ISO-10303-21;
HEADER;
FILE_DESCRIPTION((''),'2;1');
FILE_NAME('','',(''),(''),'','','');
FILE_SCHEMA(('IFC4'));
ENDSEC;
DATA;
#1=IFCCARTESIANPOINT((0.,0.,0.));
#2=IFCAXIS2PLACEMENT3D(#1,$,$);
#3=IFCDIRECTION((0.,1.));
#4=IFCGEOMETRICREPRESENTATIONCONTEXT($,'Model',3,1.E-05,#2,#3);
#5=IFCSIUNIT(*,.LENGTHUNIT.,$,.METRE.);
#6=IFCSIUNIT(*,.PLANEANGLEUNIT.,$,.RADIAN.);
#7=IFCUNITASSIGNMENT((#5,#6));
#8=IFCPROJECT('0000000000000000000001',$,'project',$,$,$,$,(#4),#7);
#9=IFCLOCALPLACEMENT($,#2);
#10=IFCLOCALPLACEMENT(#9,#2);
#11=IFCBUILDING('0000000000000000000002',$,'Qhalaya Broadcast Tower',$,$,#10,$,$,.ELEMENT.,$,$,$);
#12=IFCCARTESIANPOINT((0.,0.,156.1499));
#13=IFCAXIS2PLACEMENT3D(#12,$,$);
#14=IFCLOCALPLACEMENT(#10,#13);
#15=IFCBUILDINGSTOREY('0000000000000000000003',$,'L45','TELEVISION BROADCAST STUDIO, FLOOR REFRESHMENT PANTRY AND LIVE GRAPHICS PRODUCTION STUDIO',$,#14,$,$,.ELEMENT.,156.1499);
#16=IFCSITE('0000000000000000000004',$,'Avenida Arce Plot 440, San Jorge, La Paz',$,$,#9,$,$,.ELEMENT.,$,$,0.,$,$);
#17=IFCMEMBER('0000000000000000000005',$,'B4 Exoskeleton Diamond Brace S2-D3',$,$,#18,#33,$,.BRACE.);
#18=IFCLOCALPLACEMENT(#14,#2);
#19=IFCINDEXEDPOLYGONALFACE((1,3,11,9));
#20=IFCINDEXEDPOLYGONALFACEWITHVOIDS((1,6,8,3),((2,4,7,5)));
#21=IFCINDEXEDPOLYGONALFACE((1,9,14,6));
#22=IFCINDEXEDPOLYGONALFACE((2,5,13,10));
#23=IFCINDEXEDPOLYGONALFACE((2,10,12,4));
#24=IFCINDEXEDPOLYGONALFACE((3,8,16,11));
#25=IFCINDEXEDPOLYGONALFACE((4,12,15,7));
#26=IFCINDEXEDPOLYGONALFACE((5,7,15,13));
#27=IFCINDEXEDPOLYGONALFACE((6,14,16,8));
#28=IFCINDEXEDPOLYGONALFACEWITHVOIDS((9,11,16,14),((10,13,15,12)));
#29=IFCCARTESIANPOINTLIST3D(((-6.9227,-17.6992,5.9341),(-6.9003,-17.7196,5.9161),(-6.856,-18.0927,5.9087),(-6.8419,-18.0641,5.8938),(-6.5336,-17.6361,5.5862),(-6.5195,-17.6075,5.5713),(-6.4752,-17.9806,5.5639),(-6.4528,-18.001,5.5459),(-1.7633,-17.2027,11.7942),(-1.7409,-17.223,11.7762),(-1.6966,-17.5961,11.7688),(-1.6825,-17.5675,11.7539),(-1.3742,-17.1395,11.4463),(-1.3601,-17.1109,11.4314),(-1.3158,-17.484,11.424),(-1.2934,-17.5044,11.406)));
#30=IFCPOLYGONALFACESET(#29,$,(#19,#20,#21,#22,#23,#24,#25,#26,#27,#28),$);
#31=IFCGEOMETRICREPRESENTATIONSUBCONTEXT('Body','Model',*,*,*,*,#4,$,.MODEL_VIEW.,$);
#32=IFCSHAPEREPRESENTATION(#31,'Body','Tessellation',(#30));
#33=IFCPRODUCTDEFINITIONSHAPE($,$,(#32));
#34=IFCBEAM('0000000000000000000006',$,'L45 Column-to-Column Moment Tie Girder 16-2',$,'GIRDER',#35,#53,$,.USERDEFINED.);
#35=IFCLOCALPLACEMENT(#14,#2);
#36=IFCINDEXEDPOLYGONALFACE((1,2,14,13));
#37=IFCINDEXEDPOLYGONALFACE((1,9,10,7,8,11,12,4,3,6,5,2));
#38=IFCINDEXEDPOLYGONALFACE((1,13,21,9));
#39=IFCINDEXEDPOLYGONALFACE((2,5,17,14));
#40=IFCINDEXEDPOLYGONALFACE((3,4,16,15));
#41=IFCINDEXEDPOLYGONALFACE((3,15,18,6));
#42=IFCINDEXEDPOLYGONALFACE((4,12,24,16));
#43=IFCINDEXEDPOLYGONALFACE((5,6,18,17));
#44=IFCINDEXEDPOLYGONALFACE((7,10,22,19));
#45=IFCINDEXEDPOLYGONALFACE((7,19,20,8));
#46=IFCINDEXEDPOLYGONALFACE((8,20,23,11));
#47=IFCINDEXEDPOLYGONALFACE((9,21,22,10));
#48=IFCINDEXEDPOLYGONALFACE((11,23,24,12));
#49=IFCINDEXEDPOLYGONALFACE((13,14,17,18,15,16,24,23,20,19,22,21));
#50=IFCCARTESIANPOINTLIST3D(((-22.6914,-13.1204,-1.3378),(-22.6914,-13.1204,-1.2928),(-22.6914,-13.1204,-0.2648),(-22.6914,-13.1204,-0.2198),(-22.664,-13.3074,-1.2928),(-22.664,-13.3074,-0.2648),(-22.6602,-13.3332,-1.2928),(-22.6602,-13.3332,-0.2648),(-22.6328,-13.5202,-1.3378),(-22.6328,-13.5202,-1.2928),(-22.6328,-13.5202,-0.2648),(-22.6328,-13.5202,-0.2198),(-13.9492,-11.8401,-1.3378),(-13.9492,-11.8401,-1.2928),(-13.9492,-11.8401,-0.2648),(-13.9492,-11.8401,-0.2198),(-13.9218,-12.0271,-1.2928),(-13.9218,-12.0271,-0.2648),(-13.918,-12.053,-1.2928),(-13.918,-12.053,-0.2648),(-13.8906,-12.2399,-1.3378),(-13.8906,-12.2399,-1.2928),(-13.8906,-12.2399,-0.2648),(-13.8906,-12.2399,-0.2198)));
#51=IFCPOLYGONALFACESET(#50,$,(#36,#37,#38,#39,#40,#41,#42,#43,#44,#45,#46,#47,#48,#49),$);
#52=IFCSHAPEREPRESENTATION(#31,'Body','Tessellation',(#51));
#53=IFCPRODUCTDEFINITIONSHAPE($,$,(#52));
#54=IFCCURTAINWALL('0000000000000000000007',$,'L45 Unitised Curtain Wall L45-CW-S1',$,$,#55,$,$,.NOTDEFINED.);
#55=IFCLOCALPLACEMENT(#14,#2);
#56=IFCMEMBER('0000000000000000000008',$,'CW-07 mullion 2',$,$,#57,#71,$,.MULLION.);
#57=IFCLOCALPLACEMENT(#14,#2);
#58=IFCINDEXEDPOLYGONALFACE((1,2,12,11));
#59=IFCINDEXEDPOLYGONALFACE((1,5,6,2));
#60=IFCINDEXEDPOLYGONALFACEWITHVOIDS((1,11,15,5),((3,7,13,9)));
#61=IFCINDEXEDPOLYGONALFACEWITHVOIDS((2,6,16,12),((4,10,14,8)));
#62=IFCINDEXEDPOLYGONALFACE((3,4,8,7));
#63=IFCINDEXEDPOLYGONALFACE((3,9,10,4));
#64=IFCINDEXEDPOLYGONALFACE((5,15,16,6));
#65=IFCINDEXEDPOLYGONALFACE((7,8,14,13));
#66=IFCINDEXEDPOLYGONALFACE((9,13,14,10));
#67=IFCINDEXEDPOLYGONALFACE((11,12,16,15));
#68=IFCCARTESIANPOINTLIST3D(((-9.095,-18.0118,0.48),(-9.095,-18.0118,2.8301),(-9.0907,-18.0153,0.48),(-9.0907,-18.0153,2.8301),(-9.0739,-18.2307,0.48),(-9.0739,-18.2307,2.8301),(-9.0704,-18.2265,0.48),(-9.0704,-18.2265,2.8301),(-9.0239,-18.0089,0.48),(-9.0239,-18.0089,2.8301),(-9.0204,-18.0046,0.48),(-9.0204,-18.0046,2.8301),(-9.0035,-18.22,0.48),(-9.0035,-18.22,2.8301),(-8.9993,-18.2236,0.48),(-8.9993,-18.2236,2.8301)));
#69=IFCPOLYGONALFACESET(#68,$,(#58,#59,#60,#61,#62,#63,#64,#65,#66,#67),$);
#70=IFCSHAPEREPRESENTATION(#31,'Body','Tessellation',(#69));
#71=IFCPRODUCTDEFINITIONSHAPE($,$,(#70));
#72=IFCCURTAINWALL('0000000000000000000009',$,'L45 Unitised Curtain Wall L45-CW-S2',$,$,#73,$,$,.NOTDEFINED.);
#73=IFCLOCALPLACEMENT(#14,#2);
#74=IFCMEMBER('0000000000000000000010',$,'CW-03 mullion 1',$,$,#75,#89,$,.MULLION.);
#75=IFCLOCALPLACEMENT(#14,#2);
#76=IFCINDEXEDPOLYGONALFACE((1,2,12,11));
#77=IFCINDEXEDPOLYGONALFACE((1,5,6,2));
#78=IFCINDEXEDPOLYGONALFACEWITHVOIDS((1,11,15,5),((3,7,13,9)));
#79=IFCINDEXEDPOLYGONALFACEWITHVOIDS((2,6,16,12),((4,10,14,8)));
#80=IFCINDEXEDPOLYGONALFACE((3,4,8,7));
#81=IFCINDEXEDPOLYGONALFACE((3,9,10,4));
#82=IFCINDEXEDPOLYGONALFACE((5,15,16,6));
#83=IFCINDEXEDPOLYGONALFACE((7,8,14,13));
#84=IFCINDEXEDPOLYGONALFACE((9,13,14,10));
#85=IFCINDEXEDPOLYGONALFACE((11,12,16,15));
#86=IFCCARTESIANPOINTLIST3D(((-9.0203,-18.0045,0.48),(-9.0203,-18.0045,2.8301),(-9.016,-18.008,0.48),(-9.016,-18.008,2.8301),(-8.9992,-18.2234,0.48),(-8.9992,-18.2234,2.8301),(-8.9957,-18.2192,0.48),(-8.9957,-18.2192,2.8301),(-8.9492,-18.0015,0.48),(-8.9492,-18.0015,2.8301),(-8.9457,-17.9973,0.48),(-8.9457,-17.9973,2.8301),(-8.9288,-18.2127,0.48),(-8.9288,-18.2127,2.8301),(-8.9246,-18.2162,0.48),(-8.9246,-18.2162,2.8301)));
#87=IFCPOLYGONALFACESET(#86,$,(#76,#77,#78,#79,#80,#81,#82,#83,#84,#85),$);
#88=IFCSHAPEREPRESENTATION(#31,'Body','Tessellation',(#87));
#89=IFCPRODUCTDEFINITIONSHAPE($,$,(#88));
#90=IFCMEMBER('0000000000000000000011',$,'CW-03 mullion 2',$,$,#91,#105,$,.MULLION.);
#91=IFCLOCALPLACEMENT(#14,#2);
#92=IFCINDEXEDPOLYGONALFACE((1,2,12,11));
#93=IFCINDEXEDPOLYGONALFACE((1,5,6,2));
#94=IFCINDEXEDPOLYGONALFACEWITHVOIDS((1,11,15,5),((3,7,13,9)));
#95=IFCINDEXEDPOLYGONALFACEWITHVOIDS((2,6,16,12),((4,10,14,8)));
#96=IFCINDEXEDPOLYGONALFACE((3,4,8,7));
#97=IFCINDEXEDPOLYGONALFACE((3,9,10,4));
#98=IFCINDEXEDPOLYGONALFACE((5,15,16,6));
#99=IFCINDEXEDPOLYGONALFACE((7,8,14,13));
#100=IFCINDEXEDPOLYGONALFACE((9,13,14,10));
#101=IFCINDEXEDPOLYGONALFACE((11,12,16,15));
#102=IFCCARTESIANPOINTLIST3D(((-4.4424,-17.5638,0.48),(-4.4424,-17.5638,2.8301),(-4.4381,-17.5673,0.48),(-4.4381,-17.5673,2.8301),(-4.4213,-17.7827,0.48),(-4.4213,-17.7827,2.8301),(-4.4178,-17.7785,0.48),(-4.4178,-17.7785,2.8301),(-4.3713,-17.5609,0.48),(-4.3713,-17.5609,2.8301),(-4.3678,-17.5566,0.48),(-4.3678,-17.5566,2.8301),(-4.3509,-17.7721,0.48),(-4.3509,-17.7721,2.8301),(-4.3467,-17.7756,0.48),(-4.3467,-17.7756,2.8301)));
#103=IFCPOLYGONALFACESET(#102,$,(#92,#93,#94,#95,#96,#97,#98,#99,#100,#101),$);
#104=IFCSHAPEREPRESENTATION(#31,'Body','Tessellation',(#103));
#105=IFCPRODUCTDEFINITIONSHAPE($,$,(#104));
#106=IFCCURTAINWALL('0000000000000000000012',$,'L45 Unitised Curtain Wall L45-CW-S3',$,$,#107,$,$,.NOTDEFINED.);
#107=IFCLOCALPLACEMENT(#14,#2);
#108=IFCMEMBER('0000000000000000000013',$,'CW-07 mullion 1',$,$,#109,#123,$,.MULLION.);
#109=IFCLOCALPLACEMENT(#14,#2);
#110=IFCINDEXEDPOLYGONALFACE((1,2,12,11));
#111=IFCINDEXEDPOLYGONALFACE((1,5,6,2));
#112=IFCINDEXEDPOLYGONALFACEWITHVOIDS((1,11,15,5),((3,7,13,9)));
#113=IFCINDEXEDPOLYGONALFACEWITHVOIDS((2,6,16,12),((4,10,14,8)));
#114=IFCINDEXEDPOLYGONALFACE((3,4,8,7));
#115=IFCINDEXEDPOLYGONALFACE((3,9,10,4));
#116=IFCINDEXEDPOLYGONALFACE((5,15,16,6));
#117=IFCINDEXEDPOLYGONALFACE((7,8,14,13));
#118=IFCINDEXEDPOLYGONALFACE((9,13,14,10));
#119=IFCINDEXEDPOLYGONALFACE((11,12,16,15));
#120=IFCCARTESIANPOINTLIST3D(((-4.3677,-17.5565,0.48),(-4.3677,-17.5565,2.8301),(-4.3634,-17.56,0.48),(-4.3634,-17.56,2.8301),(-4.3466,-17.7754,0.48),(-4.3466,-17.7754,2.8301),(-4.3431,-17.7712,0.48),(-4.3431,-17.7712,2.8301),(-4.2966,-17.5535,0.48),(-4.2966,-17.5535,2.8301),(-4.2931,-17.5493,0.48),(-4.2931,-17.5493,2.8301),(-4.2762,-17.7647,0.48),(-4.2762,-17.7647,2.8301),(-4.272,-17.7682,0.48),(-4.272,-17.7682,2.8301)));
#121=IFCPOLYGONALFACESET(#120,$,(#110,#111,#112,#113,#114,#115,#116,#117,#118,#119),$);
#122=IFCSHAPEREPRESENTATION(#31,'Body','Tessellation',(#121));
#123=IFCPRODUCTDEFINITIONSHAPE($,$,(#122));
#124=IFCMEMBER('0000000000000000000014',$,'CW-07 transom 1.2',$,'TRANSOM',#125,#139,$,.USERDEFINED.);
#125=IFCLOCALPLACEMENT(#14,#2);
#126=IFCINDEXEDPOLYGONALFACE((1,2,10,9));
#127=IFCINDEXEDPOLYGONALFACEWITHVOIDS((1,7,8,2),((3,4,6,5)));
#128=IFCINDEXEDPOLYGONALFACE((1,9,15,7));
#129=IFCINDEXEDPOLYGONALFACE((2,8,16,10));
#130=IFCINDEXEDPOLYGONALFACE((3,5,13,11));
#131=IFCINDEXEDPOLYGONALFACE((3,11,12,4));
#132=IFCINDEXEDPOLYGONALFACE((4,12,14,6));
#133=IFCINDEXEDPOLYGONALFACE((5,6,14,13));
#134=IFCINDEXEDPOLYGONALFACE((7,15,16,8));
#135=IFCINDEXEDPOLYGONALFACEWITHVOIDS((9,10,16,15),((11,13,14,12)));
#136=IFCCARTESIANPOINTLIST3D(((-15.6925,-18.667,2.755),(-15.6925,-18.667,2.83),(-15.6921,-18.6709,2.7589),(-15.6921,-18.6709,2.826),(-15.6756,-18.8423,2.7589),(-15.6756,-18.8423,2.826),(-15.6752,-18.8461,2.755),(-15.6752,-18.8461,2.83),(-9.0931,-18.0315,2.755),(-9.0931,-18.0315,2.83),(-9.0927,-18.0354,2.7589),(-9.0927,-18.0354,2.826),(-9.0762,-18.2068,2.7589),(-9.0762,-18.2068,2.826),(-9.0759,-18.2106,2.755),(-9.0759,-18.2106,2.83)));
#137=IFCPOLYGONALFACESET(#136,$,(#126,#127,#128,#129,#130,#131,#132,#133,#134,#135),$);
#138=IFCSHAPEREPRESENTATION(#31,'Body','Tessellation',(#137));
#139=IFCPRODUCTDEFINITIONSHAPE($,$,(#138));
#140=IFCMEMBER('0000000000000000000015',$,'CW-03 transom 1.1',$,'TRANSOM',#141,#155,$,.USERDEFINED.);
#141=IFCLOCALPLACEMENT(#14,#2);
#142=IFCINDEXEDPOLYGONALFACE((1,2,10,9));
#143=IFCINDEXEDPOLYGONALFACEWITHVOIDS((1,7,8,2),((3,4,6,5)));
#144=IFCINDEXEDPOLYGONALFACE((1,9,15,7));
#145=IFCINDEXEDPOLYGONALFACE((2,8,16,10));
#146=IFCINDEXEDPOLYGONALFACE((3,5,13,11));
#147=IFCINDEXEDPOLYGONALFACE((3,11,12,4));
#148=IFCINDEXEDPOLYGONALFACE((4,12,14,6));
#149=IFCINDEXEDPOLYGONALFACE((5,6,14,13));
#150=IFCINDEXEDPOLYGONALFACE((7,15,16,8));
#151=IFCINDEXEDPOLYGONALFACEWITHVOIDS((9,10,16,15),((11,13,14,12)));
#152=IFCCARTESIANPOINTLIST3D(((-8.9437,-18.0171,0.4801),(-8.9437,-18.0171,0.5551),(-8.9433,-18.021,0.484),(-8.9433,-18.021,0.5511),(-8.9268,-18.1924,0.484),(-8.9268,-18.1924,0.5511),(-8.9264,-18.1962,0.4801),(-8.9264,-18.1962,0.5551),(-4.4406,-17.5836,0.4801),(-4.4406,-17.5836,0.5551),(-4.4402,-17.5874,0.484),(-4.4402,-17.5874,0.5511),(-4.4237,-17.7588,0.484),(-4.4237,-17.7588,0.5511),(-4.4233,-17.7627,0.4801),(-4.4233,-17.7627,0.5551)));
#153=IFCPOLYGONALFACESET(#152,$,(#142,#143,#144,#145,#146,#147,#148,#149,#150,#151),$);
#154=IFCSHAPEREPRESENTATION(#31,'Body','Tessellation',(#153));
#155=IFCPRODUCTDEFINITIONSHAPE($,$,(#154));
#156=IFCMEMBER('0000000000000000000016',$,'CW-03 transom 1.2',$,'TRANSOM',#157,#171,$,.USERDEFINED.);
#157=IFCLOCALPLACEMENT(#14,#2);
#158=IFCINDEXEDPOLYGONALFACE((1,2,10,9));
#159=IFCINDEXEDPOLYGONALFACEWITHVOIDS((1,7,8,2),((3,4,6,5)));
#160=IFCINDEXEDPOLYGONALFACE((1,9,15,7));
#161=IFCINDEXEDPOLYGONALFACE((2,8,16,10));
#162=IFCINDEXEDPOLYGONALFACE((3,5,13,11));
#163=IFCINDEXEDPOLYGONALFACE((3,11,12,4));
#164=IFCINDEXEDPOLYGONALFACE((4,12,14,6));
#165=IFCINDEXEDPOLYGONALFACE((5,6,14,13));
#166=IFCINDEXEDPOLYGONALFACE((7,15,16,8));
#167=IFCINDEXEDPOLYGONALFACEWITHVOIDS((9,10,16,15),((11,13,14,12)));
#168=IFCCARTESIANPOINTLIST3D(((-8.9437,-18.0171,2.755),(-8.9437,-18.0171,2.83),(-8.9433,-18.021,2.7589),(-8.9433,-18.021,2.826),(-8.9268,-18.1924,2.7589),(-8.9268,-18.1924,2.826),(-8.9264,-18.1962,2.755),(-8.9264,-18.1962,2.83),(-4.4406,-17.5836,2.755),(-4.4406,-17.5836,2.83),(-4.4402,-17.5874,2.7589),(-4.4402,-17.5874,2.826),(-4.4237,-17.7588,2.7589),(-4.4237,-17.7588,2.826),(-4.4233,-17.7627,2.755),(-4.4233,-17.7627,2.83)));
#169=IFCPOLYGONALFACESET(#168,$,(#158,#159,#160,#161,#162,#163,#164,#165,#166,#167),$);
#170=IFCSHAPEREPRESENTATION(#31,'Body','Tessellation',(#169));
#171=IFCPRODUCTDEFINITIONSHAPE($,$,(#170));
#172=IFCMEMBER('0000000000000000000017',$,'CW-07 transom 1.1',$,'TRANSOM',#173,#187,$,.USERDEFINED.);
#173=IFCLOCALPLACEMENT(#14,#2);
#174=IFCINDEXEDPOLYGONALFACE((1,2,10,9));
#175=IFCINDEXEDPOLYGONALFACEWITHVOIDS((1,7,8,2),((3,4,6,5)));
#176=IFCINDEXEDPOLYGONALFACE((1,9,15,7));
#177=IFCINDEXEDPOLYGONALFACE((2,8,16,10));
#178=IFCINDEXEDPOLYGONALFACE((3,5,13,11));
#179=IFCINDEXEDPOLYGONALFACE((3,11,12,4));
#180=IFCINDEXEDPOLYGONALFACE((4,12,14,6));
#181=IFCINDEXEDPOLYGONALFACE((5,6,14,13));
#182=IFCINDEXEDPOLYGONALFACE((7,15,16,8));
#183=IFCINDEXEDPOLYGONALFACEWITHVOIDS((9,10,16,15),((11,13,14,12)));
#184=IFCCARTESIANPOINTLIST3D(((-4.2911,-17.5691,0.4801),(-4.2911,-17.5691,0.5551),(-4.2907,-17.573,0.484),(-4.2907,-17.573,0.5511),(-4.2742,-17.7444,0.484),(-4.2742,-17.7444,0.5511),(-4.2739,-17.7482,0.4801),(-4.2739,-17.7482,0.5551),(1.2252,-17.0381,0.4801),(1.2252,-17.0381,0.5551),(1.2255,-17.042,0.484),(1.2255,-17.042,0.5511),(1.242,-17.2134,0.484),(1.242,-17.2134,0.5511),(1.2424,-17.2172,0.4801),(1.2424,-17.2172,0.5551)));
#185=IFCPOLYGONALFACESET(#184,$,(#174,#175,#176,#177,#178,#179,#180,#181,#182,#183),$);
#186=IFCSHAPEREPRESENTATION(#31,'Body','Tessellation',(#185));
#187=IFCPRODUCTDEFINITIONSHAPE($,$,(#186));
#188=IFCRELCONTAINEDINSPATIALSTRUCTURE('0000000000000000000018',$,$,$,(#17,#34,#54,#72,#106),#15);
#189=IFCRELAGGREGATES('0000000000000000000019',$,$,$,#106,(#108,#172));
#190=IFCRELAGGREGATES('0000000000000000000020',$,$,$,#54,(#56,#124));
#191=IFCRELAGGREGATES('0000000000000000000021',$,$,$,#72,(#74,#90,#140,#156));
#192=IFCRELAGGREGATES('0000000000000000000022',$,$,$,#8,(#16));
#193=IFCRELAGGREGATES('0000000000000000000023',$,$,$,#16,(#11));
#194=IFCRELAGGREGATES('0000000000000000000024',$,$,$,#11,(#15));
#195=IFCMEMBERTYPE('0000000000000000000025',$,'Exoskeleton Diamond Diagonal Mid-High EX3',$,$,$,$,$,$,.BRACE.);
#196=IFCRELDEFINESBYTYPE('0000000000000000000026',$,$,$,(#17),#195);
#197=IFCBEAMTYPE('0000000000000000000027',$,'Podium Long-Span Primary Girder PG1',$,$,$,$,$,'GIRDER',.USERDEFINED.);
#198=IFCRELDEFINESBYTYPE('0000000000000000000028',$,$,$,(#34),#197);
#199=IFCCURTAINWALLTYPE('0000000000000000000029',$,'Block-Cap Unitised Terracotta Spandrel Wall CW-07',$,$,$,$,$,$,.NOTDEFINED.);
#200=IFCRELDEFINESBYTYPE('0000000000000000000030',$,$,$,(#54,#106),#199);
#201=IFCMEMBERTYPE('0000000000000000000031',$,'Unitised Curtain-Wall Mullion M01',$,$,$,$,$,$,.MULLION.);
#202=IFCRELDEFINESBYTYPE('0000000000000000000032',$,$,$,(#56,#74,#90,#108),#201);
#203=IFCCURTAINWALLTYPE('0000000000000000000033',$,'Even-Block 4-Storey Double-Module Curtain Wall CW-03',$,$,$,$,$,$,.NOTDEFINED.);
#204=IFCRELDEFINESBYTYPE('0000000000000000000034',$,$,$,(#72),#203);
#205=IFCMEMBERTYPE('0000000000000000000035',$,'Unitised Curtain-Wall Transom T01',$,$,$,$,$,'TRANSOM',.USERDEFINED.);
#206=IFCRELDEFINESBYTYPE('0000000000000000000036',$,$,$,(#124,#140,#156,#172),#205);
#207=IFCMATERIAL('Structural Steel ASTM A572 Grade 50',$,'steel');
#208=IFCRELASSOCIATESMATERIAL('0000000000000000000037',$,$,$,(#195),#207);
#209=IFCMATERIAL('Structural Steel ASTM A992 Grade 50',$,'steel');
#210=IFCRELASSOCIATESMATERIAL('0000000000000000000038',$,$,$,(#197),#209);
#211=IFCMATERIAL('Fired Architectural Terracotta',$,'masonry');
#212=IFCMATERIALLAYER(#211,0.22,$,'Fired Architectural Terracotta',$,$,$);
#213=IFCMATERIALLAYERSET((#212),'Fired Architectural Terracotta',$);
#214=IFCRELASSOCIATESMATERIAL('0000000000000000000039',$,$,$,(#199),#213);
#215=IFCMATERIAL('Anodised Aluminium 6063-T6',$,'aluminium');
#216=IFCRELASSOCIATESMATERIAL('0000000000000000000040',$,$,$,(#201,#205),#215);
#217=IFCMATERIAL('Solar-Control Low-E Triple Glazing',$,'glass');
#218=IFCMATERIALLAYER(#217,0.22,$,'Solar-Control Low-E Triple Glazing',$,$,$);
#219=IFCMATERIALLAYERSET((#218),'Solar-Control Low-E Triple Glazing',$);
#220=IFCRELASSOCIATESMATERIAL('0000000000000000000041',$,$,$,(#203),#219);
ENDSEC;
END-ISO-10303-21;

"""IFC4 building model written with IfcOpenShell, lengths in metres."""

from ifc_helpers import new_model, si_unit, direction, frame, origin, origin_2d, place, context, subcontext, project, spatial, hollow_rectangle, i_section, extrude, material, layer, layer_set, material_profile, profile_set, type_object, element, aggregate, save


model = new_model("IFC4")

# Units and contexts
model_context = context("Model", 3, precision=1e-05, world=origin(), true_north=direction((0.0, 1.0)))
body_context = subcontext(model_context, "Body", "Model", "MODEL_VIEW")
ifc_project = project(units=[si_unit("LENGTHUNIT", "METRE"), si_unit("PLANEANGLEUNIT", "RADIAN")], contexts=[model_context])

# Site, building, storey
site_placement = place(None, origin())
site = spatial("IfcSite", under=ifc_project, at=site_placement, Name="Avenida Arce Plot 440, San Jorge, La Paz", CompositionType="ELEMENT", RefElevation=0.0)
building_placement = place(site_placement, origin())
building = spatial("IfcBuilding", under=site, at=building_placement, Name="Qhalaya Broadcast Tower", CompositionType="ELEMENT")
storey_placement = place(building_placement, frame((0.0, 0.0, 156.1499)))
storey = spatial("IfcBuildingStorey", under=building, at=storey_placement, Name="L45", Description="TELEVISION BROADCAST STUDIO, FLOOR REFRESHMENT PANTRY AND LIVE GRAPHICS PRODUCTION STUDIO", CompositionType="ELEMENT", Elevation=156.1499)

# Shared definitions
ifc_material_1 = material(Name="Structural Steel ASTM A572 Grade 50", Category="steel")

# Shared definitions
ifc_material_2 = material(Name="Structural Steel ASTM A992 Grade 50", Category="steel")

# Member
ifc_material_profile_1 = material_profile(ifc_material_1, hollow_rectangle(XDim=0.3999, YDim=0.55, WallThickness=0.0249, at=origin_2d()), Name="BOX 400x550x25")
ifc_profile_set_1 = profile_set([ifc_material_profile_1], Name="Structural Steel ASTM A572 Grade 50")
member_type_1 = type_object("IfcMemberType", Name="Exoskeleton Diamond Diagonal Mid-High EX3", PredefinedType="BRACE", material=ifc_profile_set_1)
for number, where, z_axis, x_axis, name in (
    (1, (-6.6877, -17.8501, 5.74), (0.659478, 0.063473, 0.749039), (-0.166826, 0.983939, 0.0635), "B4 Exoskeleton Diamond Brace S2-D3"),
):
    element("IfcMember", number, at=place(storey_placement, frame(where, z_axis=z_axis, x_axis=x_axis)), inside=storey, type_object=member_type_1, Name=name, PredefinedType="BRACE", context=body_context, shape_type="SweptSolid", body=[
        extrude(hollow_rectangle(XDim=0.3999, YDim=0.55, WallThickness=0.0249, at=origin_2d()), origin(), (0.0, 0.0, 1.0), 7.8235),
    ])

# Beam
ifc_material_profile_2 = material_profile(ifc_material_2, i_section(OverallWidth=0.4041, OverallDepth=1.1179, WebThickness=0.0261, FlangeThickness=0.0449, at=origin_2d()), Name="W44X335")
ifc_profile_set_2 = profile_set([ifc_material_profile_2], Name="Structural Steel ASTM A992 Grade 50")
beam_type_1 = type_object("IfcBeamType", Name="Podium Long-Span Primary Girder PG1", ElementType="GIRDER", PredefinedType="USERDEFINED", material=ifc_profile_set_2)
beam_1_placement = place(storey_placement, frame((-13.9199, -12.04, -0.7788), z_axis=(-0.989446, -0.144902, 0.0), x_axis=(0.144902, -0.989446, 0.0)))
element("IfcBeam", 2, at=beam_1_placement, inside=storey, type_object=beam_type_1, Name="L45 Column-to-Column Moment Tie Girder 16-2", ObjectType="GIRDER", PredefinedType="USERDEFINED", context=body_context, shape_type="SweptSolid", body=[
    extrude(i_section(OverallWidth=0.4041, OverallDepth=1.1179, WebThickness=0.0261, FlangeThickness=0.0449, at=origin_2d()), origin(), (0.0, 0.0, 1.0), 8.8354),
])

# Curtain wall, member
ifc_material_3 = material(Name="Fired Architectural Terracotta", Category="masonry")
ifc_layer_1 = layer(ifc_material_3, 0.22, Name="Fired Architectural Terracotta")
ifc_layer_set_1 = layer_set([ifc_layer_1], Name="Fired Architectural Terracotta")
curtain_wall_type_1 = type_object("IfcCurtainWallType", Name="Block-Cap Unitised Terracotta Spandrel Wall CW-07", PredefinedType="NOTDEFINED", material=ifc_layer_set_1)
curtain_wall_1_placement = place(storey_placement, origin())
curtain_wall_1 = element("IfcCurtainWall", 3, at=curtain_wall_1_placement, inside=storey, type_object=curtain_wall_type_1, Name="L45 Unitised Curtain Wall L45-CW-S1", PredefinedType="NOTDEFINED")
ifc_material_4 = material(Name="Anodised Aluminium 6063-T6", Category="aluminium")
ifc_material_profile_3 = material_profile(ifc_material_4, hollow_rectangle(XDim=0.075, YDim=0.22, WallThickness=0.0039, at=origin_2d()), Name="ALU-MUL 75x220x4")
ifc_profile_set_3 = profile_set([ifc_material_profile_3], Name="Anodised Aluminium 6063-T6")
member_type_2 = type_object("IfcMemberType", Name="Unitised Curtain-Wall Mullion M01", PredefinedType="MULLION", material=ifc_profile_set_3)
member_1_placement = place(storey_placement, frame((-9.0471, -18.1177, 0.48), z_axis=(0.0, 0.0, 1.0), x_axis=(0.995397, 0.095841, 0.0)))
member_1 = element("IfcMember", 4, at=member_1_placement, type_object=member_type_2, Name="CW-07 mullion 2", PredefinedType="MULLION", context=body_context, shape_type="SweptSolid", body=[
    extrude(hollow_rectangle(XDim=0.075, YDim=0.22, WallThickness=0.0039, at=origin_2d()), origin(), (0.0, 0.0, 1.0), 2.3501),
])

# Curtain wall, members
ifc_material_5 = material(Name="Solar-Control Low-E Triple Glazing", Category="glass")
ifc_layer_2 = layer(ifc_material_5, 0.22, Name="Solar-Control Low-E Triple Glazing")
ifc_layer_set_2 = layer_set([ifc_layer_2], Name="Solar-Control Low-E Triple Glazing")
curtain_wall_type_2 = type_object("IfcCurtainWallType", Name="Even-Block 4-Storey Double-Module Curtain Wall CW-03", PredefinedType="NOTDEFINED", material=ifc_layer_set_2)
curtain_wall_2_placement = place(storey_placement, origin())
curtain_wall_2 = element("IfcCurtainWall", 5, at=curtain_wall_2_placement, inside=storey, type_object=curtain_wall_type_2, Name="L45 Unitised Curtain Wall L45-CW-S2", PredefinedType="NOTDEFINED")
member_2_placement = place(storey_placement, frame((-8.9724, -18.1104, 0.48), z_axis=(0.0, 0.0, 1.0), x_axis=(0.995396, 0.095849, 0.0)))
member_2 = element("IfcMember", 6, at=member_2_placement, type_object=member_type_2, Name="CW-03 mullion 1", PredefinedType="MULLION", context=body_context, shape_type="SweptSolid", body=[
    extrude(hollow_rectangle(XDim=0.075, YDim=0.22, WallThickness=0.0039, at=origin_2d()), origin(), (0.0, 0.0, 1.0), 2.3501),
])
member_3_placement = place(storey_placement, frame((-4.3945, -17.6697, 0.48), z_axis=(0.0, 0.0, 1.0), x_axis=(0.995396, 0.095849, 0.0)))
member_3 = element("IfcMember", 7, at=member_3_placement, type_object=member_type_2, Name="CW-03 mullion 2", PredefinedType="MULLION", context=body_context, shape_type="SweptSolid", body=[
    extrude(hollow_rectangle(XDim=0.075, YDim=0.22, WallThickness=0.0039, at=origin_2d()), origin(), (0.0, 0.0, 1.0), 2.3501),
])

# Curtain wall, member
curtain_wall_3_placement = place(storey_placement, origin())
curtain_wall_3 = element("IfcCurtainWall", 8, at=curtain_wall_3_placement, inside=storey, type_object=curtain_wall_type_1, Name="L45 Unitised Curtain Wall L45-CW-S3", PredefinedType="NOTDEFINED")
member_4_placement = place(storey_placement, frame((-4.3198, -17.6624, 0.48), z_axis=(0.0, 0.0, 1.0), x_axis=(0.995395, 0.095854, 0.0)))
member_4 = element("IfcMember", 9, at=member_4_placement, type_object=member_type_2, Name="CW-07 mullion 1", PredefinedType="MULLION", context=body_context, shape_type="SweptSolid", body=[
    extrude(hollow_rectangle(XDim=0.075, YDim=0.22, WallThickness=0.0039, at=origin_2d()), origin(), (0.0, 0.0, 1.0), 2.3501),
])

# Members
ifc_material_profile_4 = material_profile(ifc_material_4, hollow_rectangle(XDim=0.075, YDim=0.1799, WallThickness=0.0039, at=origin_2d()), Name="ALU-TRN 75x180x4")
ifc_profile_set_4 = profile_set([ifc_material_profile_4], Name="Anodised Aluminium 6063-T6")
member_type_3 = type_object("IfcMemberType", Name="Unitised Curtain-Wall Transom T01", ElementType="TRANSOM", PredefinedType="USERDEFINED", material=ifc_profile_set_4)
member_5_placement = place(storey_placement, frame((-15.6838, -18.7566, 2.7925), z_axis=(0.995395, 0.095853, 0.0), x_axis=(0.0, 0.0, 1.0)))
member_5 = element("IfcMember", 10, at=member_5_placement, type_object=member_type_3, Name="CW-07 transom 1.2", ObjectType="TRANSOM", PredefinedType="USERDEFINED", context=body_context, shape_type="SweptSolid", body=[
    extrude(hollow_rectangle(XDim=0.075, YDim=0.1799, WallThickness=0.0039, at=origin_2d()), origin(), (0.0, 0.0, 1.0), 6.6299),
])
member_6_placement = place(storey_placement, frame((-8.9351, -18.1067, 0.5176), z_axis=(0.995396, 0.095843, 0.0), x_axis=(0.0, 0.0, 1.0)))
member_6 = element("IfcMember", 11, at=member_6_placement, type_object=member_type_3, Name="CW-03 transom 1.1", ObjectType="TRANSOM", PredefinedType="USERDEFINED", context=body_context, shape_type="SweptSolid", body=[
    extrude(hollow_rectangle(XDim=0.075, YDim=0.1799, WallThickness=0.0039, at=origin_2d()), origin(), (0.0, 0.0, 1.0), 4.5239),
])
member_7_placement = place(storey_placement, frame((-8.9351, -18.1067, 2.7925), z_axis=(0.995396, 0.095843, 0.0), x_axis=(0.0, 0.0, 1.0)))
member_7 = element("IfcMember", 12, at=member_7_placement, type_object=member_type_3, Name="CW-03 transom 1.2", ObjectType="TRANSOM", PredefinedType="USERDEFINED", context=body_context, shape_type="SweptSolid", body=[
    extrude(hollow_rectangle(XDim=0.075, YDim=0.1799, WallThickness=0.0039, at=origin_2d()), origin(), (0.0, 0.0, 1.0), 4.5239),
])
member_8_placement = place(storey_placement, frame((-4.2825, -17.6587, 0.5176), z_axis=(0.995399, 0.095817, 0.0), x_axis=(0.0, 0.0, 1.0)))
member_8 = element("IfcMember", 13, at=member_8_placement, type_object=member_type_3, Name="CW-07 transom 1.1", ObjectType="TRANSOM", PredefinedType="USERDEFINED", context=body_context, shape_type="SweptSolid", body=[
    extrude(hollow_rectangle(XDim=0.075, YDim=0.1799, WallThickness=0.0039, at=origin_2d()), origin(), (0.0, 0.0, 1.0), 5.5417),
])
aggregate(curtain_wall_3, [member_4, member_8])

aggregate(curtain_wall_1, [member_1, member_5])
aggregate(curtain_wall_2, [member_2, member_3, member_6, member_7])

save(model, "model.ifc")
